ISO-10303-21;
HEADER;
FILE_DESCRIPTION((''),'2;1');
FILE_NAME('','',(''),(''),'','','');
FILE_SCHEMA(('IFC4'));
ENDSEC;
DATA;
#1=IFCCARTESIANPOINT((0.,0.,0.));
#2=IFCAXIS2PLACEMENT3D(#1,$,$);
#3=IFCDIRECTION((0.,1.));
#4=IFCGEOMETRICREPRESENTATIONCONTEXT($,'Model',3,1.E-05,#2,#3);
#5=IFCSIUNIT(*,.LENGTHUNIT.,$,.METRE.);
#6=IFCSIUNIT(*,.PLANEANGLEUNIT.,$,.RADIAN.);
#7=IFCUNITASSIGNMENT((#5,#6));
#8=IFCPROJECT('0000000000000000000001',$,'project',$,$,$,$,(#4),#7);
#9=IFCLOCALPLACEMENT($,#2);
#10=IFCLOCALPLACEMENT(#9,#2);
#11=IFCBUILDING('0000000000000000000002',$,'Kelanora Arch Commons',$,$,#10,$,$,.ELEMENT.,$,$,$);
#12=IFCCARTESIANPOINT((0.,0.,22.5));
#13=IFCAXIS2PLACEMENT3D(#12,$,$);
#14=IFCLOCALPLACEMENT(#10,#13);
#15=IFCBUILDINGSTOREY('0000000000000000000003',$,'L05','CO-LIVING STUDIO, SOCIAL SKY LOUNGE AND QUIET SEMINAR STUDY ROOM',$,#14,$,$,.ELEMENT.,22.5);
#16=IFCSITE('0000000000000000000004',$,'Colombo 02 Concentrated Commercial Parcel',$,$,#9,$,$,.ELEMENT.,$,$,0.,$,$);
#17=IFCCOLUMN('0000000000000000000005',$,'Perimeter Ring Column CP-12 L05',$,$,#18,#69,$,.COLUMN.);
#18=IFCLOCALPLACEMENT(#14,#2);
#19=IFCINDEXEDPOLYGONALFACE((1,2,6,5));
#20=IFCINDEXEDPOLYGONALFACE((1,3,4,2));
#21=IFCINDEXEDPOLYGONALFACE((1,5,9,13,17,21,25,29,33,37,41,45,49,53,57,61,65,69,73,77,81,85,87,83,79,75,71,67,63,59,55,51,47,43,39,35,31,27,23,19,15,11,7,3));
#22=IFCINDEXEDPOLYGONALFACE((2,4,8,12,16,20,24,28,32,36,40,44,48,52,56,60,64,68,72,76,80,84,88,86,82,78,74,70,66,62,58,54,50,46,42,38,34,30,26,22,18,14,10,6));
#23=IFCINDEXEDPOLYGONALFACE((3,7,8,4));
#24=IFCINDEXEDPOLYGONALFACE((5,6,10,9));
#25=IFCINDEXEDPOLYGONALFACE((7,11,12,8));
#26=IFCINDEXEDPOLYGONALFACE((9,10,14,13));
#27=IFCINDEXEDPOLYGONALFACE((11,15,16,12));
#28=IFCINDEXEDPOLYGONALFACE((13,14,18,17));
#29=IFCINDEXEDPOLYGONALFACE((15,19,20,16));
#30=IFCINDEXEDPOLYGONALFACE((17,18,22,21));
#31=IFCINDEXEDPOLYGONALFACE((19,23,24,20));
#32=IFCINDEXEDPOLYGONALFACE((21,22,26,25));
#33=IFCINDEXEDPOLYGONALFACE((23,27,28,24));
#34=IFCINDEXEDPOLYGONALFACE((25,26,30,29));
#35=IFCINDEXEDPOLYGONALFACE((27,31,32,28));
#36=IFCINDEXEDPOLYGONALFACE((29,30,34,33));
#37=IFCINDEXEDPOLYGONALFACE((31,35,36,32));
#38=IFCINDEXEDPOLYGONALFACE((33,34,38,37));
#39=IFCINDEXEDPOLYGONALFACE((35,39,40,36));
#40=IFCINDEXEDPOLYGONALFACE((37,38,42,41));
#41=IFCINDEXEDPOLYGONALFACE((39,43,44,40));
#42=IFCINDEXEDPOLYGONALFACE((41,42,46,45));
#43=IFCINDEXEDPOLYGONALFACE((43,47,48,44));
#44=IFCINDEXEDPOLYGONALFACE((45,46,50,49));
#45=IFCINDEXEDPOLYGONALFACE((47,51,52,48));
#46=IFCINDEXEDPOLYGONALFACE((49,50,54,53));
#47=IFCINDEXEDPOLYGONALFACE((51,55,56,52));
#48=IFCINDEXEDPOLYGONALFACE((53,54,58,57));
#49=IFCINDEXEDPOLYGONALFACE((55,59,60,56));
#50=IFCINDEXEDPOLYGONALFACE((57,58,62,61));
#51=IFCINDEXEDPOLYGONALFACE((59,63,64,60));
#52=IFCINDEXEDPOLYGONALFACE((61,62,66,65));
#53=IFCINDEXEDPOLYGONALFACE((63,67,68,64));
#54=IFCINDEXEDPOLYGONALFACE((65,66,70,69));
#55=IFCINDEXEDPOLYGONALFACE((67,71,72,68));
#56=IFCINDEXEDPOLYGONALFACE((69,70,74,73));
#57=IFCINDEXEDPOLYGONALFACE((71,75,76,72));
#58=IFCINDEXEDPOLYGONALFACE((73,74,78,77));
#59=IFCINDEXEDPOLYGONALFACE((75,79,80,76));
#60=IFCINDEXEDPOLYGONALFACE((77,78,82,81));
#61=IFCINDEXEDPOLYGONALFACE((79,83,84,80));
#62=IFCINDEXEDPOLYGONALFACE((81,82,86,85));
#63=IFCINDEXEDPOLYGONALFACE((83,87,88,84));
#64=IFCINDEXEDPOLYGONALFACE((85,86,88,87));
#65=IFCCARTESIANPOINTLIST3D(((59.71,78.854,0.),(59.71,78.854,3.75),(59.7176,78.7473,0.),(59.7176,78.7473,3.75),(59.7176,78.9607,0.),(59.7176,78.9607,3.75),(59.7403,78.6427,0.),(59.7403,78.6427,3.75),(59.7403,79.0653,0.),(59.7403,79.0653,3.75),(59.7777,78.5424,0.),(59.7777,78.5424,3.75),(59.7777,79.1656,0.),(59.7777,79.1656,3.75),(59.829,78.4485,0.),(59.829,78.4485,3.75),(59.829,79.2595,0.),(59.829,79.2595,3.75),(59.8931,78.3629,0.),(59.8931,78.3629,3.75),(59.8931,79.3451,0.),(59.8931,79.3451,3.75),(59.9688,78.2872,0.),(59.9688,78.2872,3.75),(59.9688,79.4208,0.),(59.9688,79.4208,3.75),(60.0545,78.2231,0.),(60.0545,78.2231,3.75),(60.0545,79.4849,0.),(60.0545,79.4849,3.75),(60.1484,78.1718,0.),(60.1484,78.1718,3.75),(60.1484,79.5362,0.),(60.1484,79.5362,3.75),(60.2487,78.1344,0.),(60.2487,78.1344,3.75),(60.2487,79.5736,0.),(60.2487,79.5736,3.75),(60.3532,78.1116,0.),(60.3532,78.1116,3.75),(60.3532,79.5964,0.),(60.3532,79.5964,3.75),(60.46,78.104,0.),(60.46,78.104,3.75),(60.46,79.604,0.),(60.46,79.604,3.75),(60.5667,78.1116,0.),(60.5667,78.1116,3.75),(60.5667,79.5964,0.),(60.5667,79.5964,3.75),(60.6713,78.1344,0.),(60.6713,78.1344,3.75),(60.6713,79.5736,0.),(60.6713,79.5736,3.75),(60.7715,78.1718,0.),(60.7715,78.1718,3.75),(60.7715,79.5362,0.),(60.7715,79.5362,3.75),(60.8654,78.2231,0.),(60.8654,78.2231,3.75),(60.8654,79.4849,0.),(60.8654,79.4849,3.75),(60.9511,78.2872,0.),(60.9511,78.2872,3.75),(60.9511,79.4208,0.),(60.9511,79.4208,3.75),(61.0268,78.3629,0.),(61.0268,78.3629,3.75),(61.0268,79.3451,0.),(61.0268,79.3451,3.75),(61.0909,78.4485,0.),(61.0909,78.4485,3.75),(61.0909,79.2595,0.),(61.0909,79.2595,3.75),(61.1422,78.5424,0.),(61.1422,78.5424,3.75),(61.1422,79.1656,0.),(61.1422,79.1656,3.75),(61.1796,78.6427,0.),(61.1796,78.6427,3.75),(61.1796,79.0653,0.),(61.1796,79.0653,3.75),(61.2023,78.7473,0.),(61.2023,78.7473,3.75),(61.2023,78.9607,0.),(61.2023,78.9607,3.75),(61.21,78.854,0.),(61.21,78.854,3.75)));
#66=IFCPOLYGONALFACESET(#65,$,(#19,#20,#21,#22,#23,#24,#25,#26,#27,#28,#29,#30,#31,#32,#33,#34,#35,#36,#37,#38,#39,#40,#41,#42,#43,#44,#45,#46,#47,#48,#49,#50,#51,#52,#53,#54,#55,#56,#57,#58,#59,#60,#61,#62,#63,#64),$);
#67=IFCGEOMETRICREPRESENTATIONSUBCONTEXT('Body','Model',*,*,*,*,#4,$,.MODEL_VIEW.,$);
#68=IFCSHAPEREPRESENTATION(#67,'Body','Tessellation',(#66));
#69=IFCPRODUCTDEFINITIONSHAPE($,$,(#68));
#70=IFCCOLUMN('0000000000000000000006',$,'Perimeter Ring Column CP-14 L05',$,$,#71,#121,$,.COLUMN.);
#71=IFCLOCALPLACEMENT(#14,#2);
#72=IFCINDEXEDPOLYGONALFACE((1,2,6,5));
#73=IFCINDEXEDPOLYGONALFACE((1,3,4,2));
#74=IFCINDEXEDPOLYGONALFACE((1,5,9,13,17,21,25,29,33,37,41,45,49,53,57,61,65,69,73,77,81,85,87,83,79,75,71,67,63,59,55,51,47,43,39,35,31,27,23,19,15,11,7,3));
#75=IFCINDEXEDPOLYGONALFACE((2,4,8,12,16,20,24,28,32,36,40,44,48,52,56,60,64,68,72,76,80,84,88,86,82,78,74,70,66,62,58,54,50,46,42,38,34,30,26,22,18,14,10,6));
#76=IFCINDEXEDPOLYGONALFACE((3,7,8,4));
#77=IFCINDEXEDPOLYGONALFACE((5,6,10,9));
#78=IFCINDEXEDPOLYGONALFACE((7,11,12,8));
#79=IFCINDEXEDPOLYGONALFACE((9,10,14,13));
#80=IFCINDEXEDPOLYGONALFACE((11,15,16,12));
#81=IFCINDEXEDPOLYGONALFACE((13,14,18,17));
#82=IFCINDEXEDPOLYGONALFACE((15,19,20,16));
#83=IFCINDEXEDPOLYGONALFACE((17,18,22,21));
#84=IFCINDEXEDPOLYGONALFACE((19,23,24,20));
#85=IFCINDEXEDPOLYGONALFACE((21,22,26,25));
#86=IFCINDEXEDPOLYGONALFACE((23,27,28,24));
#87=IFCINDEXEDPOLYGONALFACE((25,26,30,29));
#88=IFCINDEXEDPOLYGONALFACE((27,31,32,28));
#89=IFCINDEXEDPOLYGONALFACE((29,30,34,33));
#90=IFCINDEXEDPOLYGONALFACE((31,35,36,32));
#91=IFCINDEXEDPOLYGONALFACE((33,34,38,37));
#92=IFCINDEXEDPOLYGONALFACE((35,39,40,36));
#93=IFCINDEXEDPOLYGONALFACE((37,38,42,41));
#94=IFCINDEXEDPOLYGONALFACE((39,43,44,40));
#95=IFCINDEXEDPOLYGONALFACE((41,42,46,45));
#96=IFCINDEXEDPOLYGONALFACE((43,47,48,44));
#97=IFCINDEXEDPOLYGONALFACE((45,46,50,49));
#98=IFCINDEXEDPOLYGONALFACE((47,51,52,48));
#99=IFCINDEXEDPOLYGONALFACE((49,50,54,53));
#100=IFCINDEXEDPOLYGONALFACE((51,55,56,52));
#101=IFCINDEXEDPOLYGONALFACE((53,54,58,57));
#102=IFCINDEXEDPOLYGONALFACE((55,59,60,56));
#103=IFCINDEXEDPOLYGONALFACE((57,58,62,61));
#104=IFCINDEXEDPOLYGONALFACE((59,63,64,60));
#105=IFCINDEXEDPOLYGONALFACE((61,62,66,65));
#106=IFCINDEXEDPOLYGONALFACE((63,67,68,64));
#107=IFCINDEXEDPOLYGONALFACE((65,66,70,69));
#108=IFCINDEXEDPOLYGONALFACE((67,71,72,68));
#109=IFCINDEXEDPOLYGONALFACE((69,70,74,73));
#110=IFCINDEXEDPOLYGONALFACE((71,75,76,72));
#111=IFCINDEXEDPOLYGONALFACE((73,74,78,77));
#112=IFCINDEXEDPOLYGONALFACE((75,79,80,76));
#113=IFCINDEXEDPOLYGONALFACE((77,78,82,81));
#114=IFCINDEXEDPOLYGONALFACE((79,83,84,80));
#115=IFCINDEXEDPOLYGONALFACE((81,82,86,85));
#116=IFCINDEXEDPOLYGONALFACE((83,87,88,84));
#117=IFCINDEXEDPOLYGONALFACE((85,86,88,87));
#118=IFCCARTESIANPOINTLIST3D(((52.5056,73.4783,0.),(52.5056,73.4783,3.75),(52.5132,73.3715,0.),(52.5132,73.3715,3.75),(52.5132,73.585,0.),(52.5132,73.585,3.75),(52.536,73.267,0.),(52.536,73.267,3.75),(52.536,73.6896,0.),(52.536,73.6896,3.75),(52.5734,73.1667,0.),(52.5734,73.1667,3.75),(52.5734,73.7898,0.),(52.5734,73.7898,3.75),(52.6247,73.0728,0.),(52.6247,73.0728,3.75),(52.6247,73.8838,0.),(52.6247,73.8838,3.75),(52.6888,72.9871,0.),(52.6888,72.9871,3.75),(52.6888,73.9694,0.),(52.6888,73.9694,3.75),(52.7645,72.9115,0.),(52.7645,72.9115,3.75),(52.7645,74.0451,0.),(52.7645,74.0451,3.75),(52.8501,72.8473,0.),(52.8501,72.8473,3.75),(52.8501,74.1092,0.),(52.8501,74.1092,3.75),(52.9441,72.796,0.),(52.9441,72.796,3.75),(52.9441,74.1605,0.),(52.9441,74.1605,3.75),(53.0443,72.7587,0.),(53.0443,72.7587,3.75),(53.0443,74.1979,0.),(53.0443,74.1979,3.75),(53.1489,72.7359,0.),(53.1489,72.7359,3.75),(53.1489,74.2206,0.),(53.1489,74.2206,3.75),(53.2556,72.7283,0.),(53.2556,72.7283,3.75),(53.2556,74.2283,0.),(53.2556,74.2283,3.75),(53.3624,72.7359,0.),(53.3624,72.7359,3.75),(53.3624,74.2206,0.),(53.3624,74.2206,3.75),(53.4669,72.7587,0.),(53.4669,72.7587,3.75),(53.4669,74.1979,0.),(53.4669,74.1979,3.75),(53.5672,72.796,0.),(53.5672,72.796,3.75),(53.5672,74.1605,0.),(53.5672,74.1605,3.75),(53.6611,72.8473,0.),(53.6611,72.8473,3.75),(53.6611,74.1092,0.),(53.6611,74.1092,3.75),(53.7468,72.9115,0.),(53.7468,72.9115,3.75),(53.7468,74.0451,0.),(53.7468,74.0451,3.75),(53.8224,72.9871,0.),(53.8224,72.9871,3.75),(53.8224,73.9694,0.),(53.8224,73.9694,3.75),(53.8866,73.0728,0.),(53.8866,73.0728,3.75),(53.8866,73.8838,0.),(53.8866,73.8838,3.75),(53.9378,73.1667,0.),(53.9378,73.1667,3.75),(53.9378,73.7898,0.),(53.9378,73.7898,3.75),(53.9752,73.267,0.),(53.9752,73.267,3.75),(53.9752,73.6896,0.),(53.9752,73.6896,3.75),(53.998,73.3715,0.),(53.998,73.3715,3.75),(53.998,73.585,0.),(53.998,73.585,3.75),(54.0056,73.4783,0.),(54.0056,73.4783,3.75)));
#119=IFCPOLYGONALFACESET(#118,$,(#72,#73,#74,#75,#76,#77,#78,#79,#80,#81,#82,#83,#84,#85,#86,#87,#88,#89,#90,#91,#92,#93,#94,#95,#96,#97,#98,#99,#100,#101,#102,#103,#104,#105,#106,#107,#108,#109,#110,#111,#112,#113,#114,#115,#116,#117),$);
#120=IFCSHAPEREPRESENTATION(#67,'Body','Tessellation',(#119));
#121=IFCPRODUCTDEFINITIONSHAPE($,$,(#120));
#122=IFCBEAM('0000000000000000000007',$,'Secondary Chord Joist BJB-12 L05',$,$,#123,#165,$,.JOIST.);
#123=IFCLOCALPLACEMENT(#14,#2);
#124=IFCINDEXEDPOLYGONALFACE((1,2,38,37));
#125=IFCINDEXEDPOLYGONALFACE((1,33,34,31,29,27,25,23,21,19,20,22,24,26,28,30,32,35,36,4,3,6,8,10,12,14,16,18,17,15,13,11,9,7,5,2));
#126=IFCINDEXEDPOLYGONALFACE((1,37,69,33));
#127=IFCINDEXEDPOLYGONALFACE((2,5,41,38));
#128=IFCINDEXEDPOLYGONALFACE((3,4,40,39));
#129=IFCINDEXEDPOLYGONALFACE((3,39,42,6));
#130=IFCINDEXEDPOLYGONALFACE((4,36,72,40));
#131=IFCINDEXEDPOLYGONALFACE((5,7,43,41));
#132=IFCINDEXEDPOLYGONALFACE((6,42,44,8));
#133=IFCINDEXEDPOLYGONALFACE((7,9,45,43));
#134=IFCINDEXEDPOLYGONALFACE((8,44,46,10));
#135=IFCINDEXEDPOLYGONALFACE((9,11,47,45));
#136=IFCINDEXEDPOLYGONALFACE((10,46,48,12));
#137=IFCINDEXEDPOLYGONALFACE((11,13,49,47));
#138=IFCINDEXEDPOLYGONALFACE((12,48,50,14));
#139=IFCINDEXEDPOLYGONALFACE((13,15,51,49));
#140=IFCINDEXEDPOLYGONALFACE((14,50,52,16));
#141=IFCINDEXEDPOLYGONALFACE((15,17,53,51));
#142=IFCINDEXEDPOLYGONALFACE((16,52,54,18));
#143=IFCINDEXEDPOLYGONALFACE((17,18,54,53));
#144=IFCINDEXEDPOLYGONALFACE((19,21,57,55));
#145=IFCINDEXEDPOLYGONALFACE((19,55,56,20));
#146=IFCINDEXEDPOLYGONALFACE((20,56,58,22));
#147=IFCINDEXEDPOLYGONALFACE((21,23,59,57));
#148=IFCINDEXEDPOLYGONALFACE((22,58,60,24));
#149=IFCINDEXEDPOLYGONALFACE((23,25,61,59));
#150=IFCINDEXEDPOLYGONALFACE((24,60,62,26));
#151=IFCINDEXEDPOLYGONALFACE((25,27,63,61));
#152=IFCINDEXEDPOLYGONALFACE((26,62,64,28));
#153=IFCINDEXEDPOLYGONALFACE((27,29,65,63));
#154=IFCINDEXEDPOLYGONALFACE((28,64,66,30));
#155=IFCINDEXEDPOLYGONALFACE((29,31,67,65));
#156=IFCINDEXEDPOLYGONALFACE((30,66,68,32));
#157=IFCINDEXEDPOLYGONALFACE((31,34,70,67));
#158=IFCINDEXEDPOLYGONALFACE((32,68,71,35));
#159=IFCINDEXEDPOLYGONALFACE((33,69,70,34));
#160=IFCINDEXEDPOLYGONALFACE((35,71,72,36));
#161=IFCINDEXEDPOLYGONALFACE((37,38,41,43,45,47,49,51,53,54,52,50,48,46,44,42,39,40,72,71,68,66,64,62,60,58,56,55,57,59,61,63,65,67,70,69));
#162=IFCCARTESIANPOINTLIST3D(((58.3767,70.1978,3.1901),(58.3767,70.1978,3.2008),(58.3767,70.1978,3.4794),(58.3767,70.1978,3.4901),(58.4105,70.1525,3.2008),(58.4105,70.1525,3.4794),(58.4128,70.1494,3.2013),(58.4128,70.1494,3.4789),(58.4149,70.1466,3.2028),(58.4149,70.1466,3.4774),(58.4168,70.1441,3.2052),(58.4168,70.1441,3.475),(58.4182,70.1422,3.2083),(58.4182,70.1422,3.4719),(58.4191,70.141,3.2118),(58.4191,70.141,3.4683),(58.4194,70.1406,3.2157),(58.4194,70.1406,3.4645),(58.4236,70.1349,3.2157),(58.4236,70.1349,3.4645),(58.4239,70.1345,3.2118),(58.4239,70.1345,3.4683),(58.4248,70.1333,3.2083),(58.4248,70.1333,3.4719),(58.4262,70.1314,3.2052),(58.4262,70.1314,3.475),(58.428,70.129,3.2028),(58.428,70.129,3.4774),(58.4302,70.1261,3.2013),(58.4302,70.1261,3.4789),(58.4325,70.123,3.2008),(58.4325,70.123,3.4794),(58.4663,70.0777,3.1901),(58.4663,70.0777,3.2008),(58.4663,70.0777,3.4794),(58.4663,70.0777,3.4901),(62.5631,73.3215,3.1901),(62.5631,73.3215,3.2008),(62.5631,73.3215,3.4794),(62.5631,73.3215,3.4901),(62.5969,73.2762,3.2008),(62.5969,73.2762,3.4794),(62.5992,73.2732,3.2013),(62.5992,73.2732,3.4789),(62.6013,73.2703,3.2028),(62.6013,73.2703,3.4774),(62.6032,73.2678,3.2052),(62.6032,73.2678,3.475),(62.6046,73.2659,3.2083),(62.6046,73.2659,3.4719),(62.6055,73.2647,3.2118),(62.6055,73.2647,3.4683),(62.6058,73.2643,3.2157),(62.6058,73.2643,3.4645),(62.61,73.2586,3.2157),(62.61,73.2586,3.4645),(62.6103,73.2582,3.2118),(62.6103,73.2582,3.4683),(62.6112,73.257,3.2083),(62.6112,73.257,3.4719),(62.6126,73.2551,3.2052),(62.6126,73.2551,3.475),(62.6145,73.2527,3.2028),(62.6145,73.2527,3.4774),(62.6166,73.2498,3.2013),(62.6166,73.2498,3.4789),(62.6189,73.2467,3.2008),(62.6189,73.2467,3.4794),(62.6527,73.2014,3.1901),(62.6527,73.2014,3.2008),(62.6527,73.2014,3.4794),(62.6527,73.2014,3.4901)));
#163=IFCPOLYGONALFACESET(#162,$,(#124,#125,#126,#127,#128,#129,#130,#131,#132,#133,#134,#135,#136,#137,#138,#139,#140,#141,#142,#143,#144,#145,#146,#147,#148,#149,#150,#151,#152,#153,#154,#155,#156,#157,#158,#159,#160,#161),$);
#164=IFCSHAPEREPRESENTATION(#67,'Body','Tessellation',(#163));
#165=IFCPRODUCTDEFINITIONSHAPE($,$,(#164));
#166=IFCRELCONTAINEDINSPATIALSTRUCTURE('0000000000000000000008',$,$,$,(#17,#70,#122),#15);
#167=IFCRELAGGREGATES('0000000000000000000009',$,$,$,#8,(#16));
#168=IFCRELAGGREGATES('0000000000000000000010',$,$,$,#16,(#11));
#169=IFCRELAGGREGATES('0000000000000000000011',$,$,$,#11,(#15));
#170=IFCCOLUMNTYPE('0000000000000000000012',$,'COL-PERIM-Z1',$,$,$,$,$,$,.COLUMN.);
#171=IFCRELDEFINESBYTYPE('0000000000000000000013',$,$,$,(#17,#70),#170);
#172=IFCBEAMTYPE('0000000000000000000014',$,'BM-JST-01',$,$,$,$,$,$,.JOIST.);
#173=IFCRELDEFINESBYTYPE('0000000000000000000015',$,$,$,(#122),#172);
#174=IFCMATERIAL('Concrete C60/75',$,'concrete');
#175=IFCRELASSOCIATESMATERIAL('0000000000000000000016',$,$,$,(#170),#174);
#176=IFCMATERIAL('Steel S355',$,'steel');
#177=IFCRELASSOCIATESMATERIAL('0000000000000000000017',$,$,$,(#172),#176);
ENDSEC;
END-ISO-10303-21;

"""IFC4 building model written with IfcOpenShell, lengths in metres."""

from ifc_helpers import new_model, si_unit, direction, frame, origin, origin_2d, place, context, subcontext, project, spatial, circle, i_section, extrude, material, material_profile, profile_set, type_object, element, save


model = new_model("IFC4")

# Units and contexts
model_context = context("Model", 3, precision=1e-05, world=origin(), true_north=direction((0.0, 1.0)))
body_context = subcontext(model_context, "Body", "Model", "MODEL_VIEW")
ifc_project = project(units=[si_unit("LENGTHUNIT", "METRE"), si_unit("PLANEANGLEUNIT", "RADIAN")], contexts=[model_context])

# Site, building, storey
site_placement = place(None, origin())
site = spatial("IfcSite", under=ifc_project, at=site_placement, Name="Colombo 02 Concentrated Commercial Parcel", CompositionType="ELEMENT", RefElevation=0.0)
building_placement = place(site_placement, origin())
building = spatial("IfcBuilding", under=site, at=building_placement, Name="Kelanora Arch Commons", CompositionType="ELEMENT")
storey_placement = place(building_placement, frame((0.0, 0.0, 22.5)))
storey = spatial("IfcBuildingStorey", under=building, at=storey_placement, Name="L05", Description="CO-LIVING STUDIO, SOCIAL SKY LOUNGE AND QUIET SEMINAR STUDY ROOM", CompositionType="ELEMENT", Elevation=22.5)

# Columns
ifc_material_1 = material(Name="Concrete C60/75", Category="concrete")
ifc_material_profile_1 = material_profile(ifc_material_1, circle(Radius=0.75, at=origin_2d()), Name="RCC1500")
ifc_profile_set_1 = profile_set([ifc_material_profile_1], Name="Concrete C60/75")
column_type = type_object("IfcColumnType", Name="COL-PERIM-Z1", PredefinedType="COLUMN", material=ifc_profile_set_1)
for number, where, z_axis, x_axis, name in (
    (1, (60.46, 78.854, 0.0), (0.0, 0.0, 1.0), (1.0, 0.0, 0.0), "Perimeter Ring Column CP-12 L05"),
    (2, (53.2556, 73.4783, 0.0), (0.0, 0.0, 1.0), (1.0, 0.0, 0.0), "Perimeter Ring Column CP-14 L05"),
):
    element("IfcColumn", number, at=place(storey_placement, frame(where, z_axis=z_axis, x_axis=x_axis)), inside=storey, type_object=column_type, Name=name, PredefinedType="COLUMN", context=body_context, shape_type="SweptSolid", body=[
        extrude(circle(Radius=0.75, at=origin_2d()), origin(), (0.0, 0.0, 1.0), 3.75),
    ])

# Beam
ifc_material_2 = material(Name="Steel S355", Category="steel")
ifc_material_profile_2 = material_profile(ifc_material_2, i_section(OverallWidth=0.1499, OverallDepth=0.3, WebThickness=0.0071, FlangeThickness=0.0107, FilletRadius=0.0149, at=origin_2d()), Name="IPE300")
ifc_profile_set_2 = profile_set([ifc_material_profile_2], Name="Steel S355")
beam_type_1 = type_object("IfcBeamType", Name="BM-JST-01", PredefinedType="JOIST", material=ifc_profile_set_2)
beam_1_placement = place(storey_placement, frame((62.6079, 73.2615, 3.3401), z_axis=(-0.801478, -0.598024, 0.0), x_axis=(0.598024, -0.801478, 0.0)))
element("IfcBeam", 3, at=beam_1_placement, inside=storey, type_object=beam_type_1, Name="Secondary Chord Joist BJB-12 L05", PredefinedType="JOIST", context=body_context, shape_type="SweptSolid", body=[
    extrude(i_section(OverallWidth=0.1499, OverallDepth=0.3, WebThickness=0.0071, FlangeThickness=0.0107, FilletRadius=0.0149, at=origin_2d()), origin(), (0.0, 0.0, 1.0), 5.2234),
])

save(model, "model.ifc")
